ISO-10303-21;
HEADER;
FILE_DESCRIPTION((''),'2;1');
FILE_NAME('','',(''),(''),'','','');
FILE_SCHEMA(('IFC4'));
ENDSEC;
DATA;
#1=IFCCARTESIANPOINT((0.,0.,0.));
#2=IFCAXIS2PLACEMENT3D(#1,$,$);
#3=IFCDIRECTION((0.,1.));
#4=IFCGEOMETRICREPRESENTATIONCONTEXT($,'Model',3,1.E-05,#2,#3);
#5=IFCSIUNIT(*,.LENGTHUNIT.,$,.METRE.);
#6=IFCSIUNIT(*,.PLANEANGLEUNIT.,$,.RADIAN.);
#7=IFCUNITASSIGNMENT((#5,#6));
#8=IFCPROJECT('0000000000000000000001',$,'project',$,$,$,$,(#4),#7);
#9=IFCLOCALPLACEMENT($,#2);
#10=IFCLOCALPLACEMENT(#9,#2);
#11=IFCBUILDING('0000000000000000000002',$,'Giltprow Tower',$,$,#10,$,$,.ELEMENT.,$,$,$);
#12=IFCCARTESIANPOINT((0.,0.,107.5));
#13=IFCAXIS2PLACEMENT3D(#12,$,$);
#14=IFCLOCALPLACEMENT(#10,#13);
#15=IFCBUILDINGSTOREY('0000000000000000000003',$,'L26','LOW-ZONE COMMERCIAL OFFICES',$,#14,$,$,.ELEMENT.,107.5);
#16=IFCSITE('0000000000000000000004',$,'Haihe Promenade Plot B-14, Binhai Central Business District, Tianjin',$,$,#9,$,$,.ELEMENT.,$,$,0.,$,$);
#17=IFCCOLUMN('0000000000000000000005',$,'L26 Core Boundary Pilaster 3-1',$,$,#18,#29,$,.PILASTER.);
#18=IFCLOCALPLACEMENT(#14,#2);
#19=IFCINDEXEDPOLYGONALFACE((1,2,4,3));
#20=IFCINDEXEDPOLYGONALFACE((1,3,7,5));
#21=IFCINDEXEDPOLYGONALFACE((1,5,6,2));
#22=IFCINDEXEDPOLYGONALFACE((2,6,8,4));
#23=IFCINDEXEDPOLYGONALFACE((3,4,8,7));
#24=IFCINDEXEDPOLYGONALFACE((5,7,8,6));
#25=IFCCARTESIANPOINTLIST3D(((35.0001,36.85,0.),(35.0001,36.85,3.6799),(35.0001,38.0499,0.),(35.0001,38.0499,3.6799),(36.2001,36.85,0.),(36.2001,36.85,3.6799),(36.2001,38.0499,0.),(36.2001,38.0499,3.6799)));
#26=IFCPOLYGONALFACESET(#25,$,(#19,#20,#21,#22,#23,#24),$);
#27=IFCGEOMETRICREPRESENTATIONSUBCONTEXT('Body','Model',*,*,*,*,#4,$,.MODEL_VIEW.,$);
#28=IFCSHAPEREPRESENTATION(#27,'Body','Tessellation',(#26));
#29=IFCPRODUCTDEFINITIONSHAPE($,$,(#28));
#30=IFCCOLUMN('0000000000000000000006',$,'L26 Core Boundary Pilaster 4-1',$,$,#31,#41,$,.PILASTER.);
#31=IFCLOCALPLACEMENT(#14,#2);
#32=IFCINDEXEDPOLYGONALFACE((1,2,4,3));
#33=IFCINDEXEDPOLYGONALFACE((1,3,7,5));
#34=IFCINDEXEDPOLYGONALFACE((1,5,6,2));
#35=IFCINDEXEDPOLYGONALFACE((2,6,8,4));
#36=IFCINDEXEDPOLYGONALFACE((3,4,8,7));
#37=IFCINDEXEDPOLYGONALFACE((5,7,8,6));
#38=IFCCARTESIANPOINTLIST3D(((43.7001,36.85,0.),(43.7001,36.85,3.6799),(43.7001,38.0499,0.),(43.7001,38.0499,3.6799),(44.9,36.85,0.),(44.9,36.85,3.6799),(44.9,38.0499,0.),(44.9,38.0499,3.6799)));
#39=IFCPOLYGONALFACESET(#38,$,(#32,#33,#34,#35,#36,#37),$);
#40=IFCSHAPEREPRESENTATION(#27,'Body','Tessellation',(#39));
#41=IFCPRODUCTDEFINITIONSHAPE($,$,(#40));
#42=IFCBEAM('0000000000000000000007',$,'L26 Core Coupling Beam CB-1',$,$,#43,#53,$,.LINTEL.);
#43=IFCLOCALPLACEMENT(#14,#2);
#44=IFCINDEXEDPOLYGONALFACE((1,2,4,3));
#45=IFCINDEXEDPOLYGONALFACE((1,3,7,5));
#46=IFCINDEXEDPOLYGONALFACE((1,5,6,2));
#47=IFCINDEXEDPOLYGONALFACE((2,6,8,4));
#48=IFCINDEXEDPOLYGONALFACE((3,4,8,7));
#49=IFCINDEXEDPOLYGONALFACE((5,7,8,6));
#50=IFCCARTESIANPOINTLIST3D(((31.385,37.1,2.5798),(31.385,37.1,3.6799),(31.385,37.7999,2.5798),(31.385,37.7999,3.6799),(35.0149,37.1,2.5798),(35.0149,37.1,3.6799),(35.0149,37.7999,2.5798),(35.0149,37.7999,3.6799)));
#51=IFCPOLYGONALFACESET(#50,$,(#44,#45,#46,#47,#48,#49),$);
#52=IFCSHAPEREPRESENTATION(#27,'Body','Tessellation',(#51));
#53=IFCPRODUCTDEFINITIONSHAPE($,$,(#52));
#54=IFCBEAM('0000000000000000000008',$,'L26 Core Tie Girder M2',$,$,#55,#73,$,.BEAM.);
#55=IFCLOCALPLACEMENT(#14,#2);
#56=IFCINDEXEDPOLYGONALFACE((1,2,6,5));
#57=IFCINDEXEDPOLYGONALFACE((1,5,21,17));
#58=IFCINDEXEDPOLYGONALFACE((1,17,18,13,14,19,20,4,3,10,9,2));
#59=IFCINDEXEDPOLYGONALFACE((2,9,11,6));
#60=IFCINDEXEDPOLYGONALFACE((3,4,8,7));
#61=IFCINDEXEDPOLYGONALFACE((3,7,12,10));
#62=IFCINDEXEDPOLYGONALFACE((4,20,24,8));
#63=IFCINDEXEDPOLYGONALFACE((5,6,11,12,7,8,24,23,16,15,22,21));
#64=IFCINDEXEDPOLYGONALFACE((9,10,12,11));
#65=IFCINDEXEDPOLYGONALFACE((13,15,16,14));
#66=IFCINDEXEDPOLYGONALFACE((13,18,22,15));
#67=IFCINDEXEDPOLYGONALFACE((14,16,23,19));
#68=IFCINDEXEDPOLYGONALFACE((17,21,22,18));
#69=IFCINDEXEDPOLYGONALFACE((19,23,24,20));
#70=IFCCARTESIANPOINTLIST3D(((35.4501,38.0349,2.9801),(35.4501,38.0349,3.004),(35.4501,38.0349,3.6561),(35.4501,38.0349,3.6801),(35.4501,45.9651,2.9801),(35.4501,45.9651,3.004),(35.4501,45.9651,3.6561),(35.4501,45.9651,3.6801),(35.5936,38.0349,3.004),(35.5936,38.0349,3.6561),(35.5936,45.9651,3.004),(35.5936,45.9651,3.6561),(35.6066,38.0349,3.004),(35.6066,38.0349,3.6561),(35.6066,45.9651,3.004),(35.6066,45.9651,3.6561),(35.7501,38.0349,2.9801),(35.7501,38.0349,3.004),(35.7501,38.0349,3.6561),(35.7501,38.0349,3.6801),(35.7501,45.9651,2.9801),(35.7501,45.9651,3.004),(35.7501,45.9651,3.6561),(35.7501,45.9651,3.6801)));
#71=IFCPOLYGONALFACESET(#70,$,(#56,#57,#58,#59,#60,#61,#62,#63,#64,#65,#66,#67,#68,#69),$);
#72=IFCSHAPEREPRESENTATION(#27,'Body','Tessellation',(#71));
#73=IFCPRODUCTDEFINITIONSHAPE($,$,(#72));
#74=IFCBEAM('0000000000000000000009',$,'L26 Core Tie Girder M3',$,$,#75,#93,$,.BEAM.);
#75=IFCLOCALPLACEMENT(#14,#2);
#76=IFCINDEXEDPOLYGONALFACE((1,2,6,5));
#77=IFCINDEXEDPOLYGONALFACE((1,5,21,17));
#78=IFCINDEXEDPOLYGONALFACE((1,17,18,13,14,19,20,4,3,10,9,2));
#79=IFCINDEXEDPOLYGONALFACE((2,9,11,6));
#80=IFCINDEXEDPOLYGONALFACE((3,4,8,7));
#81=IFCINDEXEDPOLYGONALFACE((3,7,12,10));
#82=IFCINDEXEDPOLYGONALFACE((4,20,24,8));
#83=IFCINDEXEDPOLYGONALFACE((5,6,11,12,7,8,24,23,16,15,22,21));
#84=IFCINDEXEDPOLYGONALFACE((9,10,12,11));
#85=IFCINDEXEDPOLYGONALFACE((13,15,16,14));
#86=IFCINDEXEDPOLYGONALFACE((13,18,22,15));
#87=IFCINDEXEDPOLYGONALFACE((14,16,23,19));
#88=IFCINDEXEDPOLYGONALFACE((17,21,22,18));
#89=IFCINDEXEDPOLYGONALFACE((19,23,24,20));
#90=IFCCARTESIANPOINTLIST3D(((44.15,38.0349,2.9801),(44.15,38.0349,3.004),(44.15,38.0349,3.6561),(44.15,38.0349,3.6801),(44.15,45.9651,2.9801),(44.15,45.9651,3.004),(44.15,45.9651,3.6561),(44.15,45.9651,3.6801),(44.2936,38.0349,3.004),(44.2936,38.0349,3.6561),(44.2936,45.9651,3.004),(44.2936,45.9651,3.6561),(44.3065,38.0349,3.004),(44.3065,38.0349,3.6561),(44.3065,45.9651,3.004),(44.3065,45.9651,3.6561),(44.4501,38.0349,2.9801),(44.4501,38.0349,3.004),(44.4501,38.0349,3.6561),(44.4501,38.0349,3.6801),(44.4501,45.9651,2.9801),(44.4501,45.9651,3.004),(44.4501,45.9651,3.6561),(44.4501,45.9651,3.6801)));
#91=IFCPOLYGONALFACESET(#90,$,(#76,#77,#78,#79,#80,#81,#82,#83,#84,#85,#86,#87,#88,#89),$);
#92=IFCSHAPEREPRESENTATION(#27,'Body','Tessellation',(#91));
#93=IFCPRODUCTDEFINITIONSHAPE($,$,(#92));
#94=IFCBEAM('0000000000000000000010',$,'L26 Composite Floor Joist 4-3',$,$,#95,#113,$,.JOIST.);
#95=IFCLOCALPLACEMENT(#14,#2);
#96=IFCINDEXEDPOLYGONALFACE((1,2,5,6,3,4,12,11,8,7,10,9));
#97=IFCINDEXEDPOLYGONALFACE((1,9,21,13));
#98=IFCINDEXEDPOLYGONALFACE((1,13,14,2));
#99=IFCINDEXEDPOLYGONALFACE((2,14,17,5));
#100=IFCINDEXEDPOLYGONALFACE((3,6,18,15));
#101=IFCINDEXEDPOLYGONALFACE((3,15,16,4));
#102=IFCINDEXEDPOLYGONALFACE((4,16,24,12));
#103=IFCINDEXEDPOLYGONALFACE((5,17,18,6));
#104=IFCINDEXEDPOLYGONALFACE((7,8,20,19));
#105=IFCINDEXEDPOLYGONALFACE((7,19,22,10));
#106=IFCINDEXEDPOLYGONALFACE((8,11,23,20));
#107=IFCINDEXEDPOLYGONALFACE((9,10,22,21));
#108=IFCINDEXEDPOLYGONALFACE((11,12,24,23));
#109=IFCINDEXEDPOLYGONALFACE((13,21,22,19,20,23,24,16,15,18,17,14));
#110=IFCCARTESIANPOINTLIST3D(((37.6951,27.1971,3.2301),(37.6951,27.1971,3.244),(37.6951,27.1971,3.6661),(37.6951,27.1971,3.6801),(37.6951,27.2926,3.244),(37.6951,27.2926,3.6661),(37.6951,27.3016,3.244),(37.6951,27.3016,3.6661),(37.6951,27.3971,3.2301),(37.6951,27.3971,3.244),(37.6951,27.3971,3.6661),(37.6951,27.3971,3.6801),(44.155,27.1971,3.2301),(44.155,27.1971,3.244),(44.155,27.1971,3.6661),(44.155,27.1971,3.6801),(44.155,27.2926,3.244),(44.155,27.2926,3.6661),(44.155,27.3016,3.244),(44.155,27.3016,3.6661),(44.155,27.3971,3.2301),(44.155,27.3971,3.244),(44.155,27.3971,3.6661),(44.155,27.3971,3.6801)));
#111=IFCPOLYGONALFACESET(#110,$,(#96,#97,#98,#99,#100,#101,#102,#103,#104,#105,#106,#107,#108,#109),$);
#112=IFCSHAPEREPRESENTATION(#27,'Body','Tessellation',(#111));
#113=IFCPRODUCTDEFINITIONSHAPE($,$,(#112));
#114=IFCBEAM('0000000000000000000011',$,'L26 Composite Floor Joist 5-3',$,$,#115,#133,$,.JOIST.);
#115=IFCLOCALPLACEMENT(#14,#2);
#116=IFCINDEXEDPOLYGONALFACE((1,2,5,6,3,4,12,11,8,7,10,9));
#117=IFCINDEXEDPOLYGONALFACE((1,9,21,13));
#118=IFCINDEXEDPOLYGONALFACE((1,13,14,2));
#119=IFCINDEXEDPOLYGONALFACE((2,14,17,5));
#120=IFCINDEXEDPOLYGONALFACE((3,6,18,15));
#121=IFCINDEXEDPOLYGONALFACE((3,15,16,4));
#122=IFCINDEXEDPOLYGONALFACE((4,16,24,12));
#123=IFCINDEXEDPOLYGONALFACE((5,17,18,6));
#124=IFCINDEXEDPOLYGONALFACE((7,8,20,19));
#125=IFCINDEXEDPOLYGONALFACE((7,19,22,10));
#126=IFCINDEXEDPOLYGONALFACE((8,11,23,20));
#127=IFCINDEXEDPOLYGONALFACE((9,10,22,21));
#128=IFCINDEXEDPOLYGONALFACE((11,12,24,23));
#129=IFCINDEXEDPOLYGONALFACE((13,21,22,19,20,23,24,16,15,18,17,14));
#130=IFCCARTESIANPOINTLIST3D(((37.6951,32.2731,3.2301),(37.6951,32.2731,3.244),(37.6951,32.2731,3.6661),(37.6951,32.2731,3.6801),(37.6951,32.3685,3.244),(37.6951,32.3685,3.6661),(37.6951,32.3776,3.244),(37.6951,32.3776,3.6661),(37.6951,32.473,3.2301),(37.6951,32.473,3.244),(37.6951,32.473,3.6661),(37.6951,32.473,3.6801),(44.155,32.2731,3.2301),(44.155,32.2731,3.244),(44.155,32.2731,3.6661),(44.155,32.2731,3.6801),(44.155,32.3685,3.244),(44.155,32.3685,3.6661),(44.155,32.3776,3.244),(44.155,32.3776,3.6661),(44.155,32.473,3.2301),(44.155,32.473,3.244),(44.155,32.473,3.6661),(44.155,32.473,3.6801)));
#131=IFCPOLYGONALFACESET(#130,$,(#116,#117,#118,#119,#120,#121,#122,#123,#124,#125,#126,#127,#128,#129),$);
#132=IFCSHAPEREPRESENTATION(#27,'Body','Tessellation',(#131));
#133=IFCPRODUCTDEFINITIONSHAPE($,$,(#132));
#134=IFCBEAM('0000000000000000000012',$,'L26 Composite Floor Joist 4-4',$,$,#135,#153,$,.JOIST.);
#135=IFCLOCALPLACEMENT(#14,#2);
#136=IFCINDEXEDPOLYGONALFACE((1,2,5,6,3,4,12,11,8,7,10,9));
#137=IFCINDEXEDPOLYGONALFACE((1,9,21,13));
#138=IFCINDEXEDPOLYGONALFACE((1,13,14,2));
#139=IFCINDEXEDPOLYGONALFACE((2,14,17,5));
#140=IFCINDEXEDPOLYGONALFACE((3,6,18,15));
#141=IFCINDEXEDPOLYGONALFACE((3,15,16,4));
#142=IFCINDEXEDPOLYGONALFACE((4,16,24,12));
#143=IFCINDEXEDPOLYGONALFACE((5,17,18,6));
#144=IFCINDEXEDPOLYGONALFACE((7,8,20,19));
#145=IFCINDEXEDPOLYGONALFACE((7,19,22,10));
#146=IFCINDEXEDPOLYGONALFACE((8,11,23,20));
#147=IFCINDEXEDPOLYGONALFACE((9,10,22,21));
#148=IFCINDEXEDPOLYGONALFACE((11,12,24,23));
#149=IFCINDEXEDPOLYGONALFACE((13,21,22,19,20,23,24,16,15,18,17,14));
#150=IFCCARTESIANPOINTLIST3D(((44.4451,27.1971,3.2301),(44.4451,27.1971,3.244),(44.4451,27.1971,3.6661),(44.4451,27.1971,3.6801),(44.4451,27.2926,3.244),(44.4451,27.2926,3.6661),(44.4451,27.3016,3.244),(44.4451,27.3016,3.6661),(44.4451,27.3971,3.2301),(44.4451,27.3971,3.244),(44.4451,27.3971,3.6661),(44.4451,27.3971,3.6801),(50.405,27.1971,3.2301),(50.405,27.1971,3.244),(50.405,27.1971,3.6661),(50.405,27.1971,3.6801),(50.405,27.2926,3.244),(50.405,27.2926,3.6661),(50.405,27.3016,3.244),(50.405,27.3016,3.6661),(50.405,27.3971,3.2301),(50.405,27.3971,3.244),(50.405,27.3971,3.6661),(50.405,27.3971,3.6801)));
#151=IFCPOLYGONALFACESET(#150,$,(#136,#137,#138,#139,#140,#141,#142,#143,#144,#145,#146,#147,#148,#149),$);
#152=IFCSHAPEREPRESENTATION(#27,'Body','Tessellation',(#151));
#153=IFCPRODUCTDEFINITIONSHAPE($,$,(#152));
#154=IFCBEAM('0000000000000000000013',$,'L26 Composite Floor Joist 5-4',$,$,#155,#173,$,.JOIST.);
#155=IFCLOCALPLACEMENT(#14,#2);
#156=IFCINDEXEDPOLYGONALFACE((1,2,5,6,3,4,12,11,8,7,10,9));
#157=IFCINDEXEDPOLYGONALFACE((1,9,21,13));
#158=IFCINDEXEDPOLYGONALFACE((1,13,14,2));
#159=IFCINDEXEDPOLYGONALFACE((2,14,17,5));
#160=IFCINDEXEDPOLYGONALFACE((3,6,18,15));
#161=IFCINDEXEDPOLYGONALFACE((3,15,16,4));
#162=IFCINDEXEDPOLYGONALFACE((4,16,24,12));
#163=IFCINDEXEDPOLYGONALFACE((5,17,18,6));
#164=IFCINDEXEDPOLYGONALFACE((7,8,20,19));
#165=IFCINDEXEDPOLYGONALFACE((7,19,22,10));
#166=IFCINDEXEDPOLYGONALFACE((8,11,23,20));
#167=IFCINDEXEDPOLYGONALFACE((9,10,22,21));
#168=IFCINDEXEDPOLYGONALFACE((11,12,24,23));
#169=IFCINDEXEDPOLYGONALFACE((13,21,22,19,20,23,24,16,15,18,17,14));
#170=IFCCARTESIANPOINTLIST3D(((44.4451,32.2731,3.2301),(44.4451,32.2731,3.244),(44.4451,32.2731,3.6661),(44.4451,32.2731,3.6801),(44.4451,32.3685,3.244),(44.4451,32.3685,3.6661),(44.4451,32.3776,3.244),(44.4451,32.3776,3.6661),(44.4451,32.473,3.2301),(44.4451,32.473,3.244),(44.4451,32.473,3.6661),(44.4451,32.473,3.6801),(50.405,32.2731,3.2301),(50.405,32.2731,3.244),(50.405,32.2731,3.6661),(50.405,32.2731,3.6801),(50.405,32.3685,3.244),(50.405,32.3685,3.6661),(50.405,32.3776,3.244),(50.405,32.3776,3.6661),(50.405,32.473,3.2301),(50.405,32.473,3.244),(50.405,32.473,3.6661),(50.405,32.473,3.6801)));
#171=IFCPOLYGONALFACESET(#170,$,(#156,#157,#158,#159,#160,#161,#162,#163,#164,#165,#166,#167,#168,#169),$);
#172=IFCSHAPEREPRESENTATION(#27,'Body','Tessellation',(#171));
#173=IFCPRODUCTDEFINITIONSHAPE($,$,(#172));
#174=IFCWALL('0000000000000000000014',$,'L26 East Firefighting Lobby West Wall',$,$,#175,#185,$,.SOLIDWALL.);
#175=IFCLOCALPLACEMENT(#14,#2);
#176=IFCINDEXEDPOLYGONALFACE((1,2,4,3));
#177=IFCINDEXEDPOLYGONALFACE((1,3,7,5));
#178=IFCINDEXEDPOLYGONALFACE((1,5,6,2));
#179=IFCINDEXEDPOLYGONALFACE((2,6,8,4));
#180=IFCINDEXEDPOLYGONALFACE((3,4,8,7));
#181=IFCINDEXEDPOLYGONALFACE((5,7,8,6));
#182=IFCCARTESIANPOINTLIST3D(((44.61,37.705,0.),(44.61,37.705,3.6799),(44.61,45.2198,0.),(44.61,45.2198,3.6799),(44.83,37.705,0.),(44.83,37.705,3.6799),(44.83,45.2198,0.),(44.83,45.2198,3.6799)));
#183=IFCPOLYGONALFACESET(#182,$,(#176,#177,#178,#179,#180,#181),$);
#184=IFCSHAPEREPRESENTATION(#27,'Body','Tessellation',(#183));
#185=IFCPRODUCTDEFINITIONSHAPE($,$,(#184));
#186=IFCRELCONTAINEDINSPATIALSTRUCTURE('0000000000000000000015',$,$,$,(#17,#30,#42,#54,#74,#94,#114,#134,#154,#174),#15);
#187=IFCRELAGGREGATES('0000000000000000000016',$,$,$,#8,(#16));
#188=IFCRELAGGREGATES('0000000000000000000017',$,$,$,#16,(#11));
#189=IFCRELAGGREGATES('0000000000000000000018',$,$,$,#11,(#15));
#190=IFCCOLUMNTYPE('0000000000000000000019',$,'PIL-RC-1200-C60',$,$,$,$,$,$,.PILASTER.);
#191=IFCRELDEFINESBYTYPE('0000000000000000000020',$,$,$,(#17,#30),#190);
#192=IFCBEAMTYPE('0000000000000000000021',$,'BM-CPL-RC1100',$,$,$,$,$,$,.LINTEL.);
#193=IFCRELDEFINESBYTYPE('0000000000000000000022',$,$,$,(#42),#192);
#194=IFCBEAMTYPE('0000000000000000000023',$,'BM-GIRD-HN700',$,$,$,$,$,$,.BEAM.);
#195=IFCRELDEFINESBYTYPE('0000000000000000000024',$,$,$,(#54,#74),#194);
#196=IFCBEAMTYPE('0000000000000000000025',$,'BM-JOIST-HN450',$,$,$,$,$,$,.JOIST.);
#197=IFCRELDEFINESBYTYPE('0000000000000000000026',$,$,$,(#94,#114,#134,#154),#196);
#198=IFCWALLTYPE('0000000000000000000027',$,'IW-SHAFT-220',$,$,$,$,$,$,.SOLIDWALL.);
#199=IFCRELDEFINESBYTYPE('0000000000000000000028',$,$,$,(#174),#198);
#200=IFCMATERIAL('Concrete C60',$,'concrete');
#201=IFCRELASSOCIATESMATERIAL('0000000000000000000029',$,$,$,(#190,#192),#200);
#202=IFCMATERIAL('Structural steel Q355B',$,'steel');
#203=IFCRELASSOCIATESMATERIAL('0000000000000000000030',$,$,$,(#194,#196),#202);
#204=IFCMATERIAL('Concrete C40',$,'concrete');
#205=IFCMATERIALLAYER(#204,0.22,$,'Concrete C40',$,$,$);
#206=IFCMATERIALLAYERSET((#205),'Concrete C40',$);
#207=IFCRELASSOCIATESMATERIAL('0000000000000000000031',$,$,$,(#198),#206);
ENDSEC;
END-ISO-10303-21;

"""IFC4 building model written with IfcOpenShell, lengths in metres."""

from ifc_helpers import new_model, si_unit, direction, frame, frame_2d, origin, origin_2d, place, context, subcontext, project, spatial, rectangle, i_section, extrude, source, transform, mapped, material, layer, layer_set, material_profile, profile_set, type_object, element, save


model = new_model("IFC4")

# Units and contexts
model_context = context("Model", 3, precision=1e-05, world=origin(), true_north=direction((0.0, 1.0)))
body_context = subcontext(model_context, "Body", "Model", "MODEL_VIEW")
ifc_project = project(units=[si_unit("LENGTHUNIT", "METRE"), si_unit("PLANEANGLEUNIT", "RADIAN")], contexts=[model_context])

# Site, building, storey
site_placement = place(None, origin())
site = spatial("IfcSite", under=ifc_project, at=site_placement, Name="Haihe Promenade Plot B-14, Binhai Central Business District, Tianjin", CompositionType="ELEMENT", RefElevation=0.0)
building_placement = place(site_placement, origin())
building = spatial("IfcBuilding", under=site, at=building_placement, Name="Giltprow Tower", CompositionType="ELEMENT")
storey_placement = place(building_placement, frame((0.0, 0.0, 107.5)))
storey = spatial("IfcBuildingStorey", under=building, at=storey_placement, Name="L26", Description="LOW-ZONE COMMERCIAL OFFICES", CompositionType="ELEMENT", Elevation=107.5)

# Columns
ifc_material_1 = material(Name="Concrete C60", Category="concrete")
ifc_material_profile_1 = material_profile(ifc_material_1, rectangle(XDim=1.2, YDim=1.2, at=origin_2d()), Name="RC 1200x1200")
ifc_profile_set_1 = profile_set([ifc_material_profile_1], Name="Concrete C60")
column_type = type_object("IfcColumnType", Name="PIL-RC-1200-C60", PredefinedType="PILASTER", material=ifc_profile_set_1)
shared_shape_1 = source(origin(), body_context, "Body", "SweptSolid", [
    extrude(rectangle(XDim=1.2, YDim=1.2, at=origin_2d()), origin(), (0.0, 0.0, 1.0), 3.6799),
])
for number, where, z_axis, x_axis, name in (
    (1, (35.6001, 37.45, 0.0), (0.0, 0.0, 1.0), (1.0, 0.0, 0.0), "L26 Core Boundary Pilaster 3-1"),
    (2, (44.3, 37.45, 0.0), (0.0, 0.0, 1.0), (1.0, 0.0, 0.0), "L26 Core Boundary Pilaster 4-1"),
):
    element("IfcColumn", number, at=place(storey_placement, frame(where, z_axis=z_axis, x_axis=x_axis)), inside=storey, type_object=column_type, Name=name, PredefinedType="PILASTER", context=body_context, shape_type="MappedRepresentation", body=[
        mapped(shared_shape_1, transform((0.0, 0.0, 0.0), x_axis=(1.0, 0.0, 0.0), y_axis=(0.0, 1.0, 0.0), z_axis=(0.0, 0.0, 1.0), scale=1.0)),
    ])

# Beams
ifc_material_profile_2 = material_profile(ifc_material_1, rectangle(XDim=0.7, YDim=1.1001, at=origin_2d()), Name="RC 1100x700")
ifc_profile_set_2 = profile_set([ifc_material_profile_2], Name="Concrete C60")
beam_type_1 = type_object("IfcBeamType", Name="BM-CPL-RC1100", PredefinedType="LINTEL", material=ifc_profile_set_2)
shared_shape_2 = source(origin(), body_context, "Body", "SweptSolid", [
    extrude(rectangle(XDim=0.7, YDim=1.1001, at=origin_2d()), origin(), (0.0, 0.0, 1.0), 3.6299),
])
beam_placement = place(storey_placement, frame((31.385, 37.45, 3.1299), z_axis=(1.0, 0.0, 0.0), x_axis=(0.0, 1.0, 0.0)))
element("IfcBeam", 3, at=beam_placement, inside=storey, type_object=beam_type_1, Name="L26 Core Coupling Beam CB-1", PredefinedType="LINTEL", context=body_context, shape_type="MappedRepresentation", body=[
    mapped(shared_shape_2, transform((0.0, 0.0, 0.0), x_axis=(1.0, 0.0, 0.0), y_axis=(0.0, 1.0, 0.0), z_axis=(0.0, 0.0, 1.0), scale=1.0)),
])
ifc_material_2 = material(Name="Structural steel Q355B", Category="steel")
ifc_material_profile_3 = material_profile(ifc_material_2, i_section(OverallWidth=0.3, OverallDepth=0.7, WebThickness=0.0129, FlangeThickness=0.0239, at=origin_2d()), Name="HN 700x300x13x24")
ifc_profile_set_3 = profile_set([ifc_material_profile_3], Name="Structural steel Q355B")
beam_type_2 = type_object("IfcBeamType", Name="BM-GIRD-HN700", PredefinedType="BEAM", material=ifc_profile_set_3)
shared_shape_3 = source(origin(), body_context, "Body", "SweptSolid", [
    extrude(i_section(OverallWidth=0.3, OverallDepth=0.7, WebThickness=0.0129, FlangeThickness=0.0239, at=origin_2d()), origin(), (0.0, 0.0, 1.0), 7.9302),
])
for number, where, z_axis, x_axis, name in (
    (4, (35.6001, 38.0349, 3.3301), (0.0, 1.0, 0.0), (-1.0, 0.0, 0.0), "L26 Core Tie Girder M2"),
    (5, (44.3, 38.0349, 3.3301), (0.0, 1.0, 0.0), (-1.0, 0.0, 0.0), "L26 Core Tie Girder M3"),
):
    element("IfcBeam", number, at=place(storey_placement, frame(where, z_axis=z_axis, x_axis=x_axis)), inside=storey, type_object=beam_type_2, Name=name, PredefinedType="BEAM", context=body_context, shape_type="MappedRepresentation", body=[
        mapped(shared_shape_3, transform((0.0, 0.0, 0.0), x_axis=(1.0, 0.0, 0.0), y_axis=(0.0, 1.0, 0.0), z_axis=(0.0, 0.0, 1.0), scale=1.0)),
    ])
ifc_material_profile_4 = material_profile(ifc_material_2, i_section(OverallWidth=0.2, OverallDepth=0.45, WebThickness=0.009, FlangeThickness=0.0139, at=origin_2d()), Name="HN 450x200x9x14")
ifc_profile_set_4 = profile_set([ifc_material_profile_4], Name="Structural steel Q355B")
beam_type_3 = type_object("IfcBeamType", Name="BM-JOIST-HN450", PredefinedType="JOIST", material=ifc_profile_set_4)
shared_shape_4 = source(origin(), body_context, "Body", "SweptSolid", [
    extrude(i_section(OverallWidth=0.2, OverallDepth=0.45, WebThickness=0.009, FlangeThickness=0.0139, at=origin_2d()), origin(), (0.0, 0.0, 1.0), 6.46),
])
for number, where, z_axis, x_axis, name in (
    (6, (37.6951, 27.2971, 3.4551), (1.0, 0.0, 0.0), (0.0, 1.0, 0.0), "L26 Composite Floor Joist 4-3"),
    (7, (37.6951, 32.373, 3.4551), (1.0, 0.0, 0.0), (0.0, 1.0, 0.0), "L26 Composite Floor Joist 5-3"),
):
    element("IfcBeam", number, at=place(storey_placement, frame(where, z_axis=z_axis, x_axis=x_axis)), inside=storey, type_object=beam_type_3, Name=name, PredefinedType="JOIST", context=body_context, shape_type="MappedRepresentation", body=[
        mapped(shared_shape_4, transform((0.0, 0.0, 0.0), x_axis=(1.0, 0.0, 0.0), y_axis=(0.0, 1.0, 0.0), z_axis=(0.0, 0.0, 1.0), scale=1.0)),
    ])
shared_shape_5 = source(origin(), body_context, "Body", "SweptSolid", [
    extrude(i_section(OverallWidth=0.2, OverallDepth=0.45, WebThickness=0.009, FlangeThickness=0.0139, at=origin_2d()), origin(), (0.0, 0.0, 1.0), 5.96),
])
for number, where, z_axis, x_axis, name in (
    (8, (44.4451, 27.2971, 3.4551), (1.0, 0.0, 0.0), (0.0, 1.0, 0.0), "L26 Composite Floor Joist 4-4"),
    (9, (44.4451, 32.373, 3.4551), (1.0, 0.0, 0.0), (0.0, 1.0, 0.0), "L26 Composite Floor Joist 5-4"),
):
    element("IfcBeam", number, at=place(storey_placement, frame(where, z_axis=z_axis, x_axis=x_axis)), inside=storey, type_object=beam_type_3, Name=name, PredefinedType="JOIST", context=body_context, shape_type="MappedRepresentation", body=[
        mapped(shared_shape_5, transform((0.0, 0.0, 0.0), x_axis=(1.0, 0.0, 0.0), y_axis=(0.0, 1.0, 0.0), z_axis=(0.0, 0.0, 1.0), scale=1.0)),
    ])

# Wall
ifc_material_3 = material(Name="Concrete C40", Category="concrete")
ifc_layer_1 = layer(ifc_material_3, 0.22, Name="Concrete C40")
ifc_layer_set_1 = layer_set([ifc_layer_1], Name="Concrete C40")
wall_type_1 = type_object("IfcWallType", Name="IW-SHAFT-220", PredefinedType="SOLIDWALL", material=ifc_layer_set_1)
wall_1_placement = place(storey_placement, frame((44.72, 37.7051, 0.0), z_axis=(0.0, 0.0, 1.0), x_axis=(0.0, 1.0, 0.0)))
element("IfcWall", 10, at=wall_1_placement, inside=storey, type_object=wall_type_1, Name="L26 East Firefighting Lobby West Wall", PredefinedType="SOLIDWALL", context=body_context, shape_type="SweptSolid", body=[
    extrude(rectangle(XDim=7.5149, YDim=0.22, at=frame_2d((3.7573, 0.0))), origin(), (0.0, 0.0, 1.0), 3.6799),
])

save(model, "model.ifc")
